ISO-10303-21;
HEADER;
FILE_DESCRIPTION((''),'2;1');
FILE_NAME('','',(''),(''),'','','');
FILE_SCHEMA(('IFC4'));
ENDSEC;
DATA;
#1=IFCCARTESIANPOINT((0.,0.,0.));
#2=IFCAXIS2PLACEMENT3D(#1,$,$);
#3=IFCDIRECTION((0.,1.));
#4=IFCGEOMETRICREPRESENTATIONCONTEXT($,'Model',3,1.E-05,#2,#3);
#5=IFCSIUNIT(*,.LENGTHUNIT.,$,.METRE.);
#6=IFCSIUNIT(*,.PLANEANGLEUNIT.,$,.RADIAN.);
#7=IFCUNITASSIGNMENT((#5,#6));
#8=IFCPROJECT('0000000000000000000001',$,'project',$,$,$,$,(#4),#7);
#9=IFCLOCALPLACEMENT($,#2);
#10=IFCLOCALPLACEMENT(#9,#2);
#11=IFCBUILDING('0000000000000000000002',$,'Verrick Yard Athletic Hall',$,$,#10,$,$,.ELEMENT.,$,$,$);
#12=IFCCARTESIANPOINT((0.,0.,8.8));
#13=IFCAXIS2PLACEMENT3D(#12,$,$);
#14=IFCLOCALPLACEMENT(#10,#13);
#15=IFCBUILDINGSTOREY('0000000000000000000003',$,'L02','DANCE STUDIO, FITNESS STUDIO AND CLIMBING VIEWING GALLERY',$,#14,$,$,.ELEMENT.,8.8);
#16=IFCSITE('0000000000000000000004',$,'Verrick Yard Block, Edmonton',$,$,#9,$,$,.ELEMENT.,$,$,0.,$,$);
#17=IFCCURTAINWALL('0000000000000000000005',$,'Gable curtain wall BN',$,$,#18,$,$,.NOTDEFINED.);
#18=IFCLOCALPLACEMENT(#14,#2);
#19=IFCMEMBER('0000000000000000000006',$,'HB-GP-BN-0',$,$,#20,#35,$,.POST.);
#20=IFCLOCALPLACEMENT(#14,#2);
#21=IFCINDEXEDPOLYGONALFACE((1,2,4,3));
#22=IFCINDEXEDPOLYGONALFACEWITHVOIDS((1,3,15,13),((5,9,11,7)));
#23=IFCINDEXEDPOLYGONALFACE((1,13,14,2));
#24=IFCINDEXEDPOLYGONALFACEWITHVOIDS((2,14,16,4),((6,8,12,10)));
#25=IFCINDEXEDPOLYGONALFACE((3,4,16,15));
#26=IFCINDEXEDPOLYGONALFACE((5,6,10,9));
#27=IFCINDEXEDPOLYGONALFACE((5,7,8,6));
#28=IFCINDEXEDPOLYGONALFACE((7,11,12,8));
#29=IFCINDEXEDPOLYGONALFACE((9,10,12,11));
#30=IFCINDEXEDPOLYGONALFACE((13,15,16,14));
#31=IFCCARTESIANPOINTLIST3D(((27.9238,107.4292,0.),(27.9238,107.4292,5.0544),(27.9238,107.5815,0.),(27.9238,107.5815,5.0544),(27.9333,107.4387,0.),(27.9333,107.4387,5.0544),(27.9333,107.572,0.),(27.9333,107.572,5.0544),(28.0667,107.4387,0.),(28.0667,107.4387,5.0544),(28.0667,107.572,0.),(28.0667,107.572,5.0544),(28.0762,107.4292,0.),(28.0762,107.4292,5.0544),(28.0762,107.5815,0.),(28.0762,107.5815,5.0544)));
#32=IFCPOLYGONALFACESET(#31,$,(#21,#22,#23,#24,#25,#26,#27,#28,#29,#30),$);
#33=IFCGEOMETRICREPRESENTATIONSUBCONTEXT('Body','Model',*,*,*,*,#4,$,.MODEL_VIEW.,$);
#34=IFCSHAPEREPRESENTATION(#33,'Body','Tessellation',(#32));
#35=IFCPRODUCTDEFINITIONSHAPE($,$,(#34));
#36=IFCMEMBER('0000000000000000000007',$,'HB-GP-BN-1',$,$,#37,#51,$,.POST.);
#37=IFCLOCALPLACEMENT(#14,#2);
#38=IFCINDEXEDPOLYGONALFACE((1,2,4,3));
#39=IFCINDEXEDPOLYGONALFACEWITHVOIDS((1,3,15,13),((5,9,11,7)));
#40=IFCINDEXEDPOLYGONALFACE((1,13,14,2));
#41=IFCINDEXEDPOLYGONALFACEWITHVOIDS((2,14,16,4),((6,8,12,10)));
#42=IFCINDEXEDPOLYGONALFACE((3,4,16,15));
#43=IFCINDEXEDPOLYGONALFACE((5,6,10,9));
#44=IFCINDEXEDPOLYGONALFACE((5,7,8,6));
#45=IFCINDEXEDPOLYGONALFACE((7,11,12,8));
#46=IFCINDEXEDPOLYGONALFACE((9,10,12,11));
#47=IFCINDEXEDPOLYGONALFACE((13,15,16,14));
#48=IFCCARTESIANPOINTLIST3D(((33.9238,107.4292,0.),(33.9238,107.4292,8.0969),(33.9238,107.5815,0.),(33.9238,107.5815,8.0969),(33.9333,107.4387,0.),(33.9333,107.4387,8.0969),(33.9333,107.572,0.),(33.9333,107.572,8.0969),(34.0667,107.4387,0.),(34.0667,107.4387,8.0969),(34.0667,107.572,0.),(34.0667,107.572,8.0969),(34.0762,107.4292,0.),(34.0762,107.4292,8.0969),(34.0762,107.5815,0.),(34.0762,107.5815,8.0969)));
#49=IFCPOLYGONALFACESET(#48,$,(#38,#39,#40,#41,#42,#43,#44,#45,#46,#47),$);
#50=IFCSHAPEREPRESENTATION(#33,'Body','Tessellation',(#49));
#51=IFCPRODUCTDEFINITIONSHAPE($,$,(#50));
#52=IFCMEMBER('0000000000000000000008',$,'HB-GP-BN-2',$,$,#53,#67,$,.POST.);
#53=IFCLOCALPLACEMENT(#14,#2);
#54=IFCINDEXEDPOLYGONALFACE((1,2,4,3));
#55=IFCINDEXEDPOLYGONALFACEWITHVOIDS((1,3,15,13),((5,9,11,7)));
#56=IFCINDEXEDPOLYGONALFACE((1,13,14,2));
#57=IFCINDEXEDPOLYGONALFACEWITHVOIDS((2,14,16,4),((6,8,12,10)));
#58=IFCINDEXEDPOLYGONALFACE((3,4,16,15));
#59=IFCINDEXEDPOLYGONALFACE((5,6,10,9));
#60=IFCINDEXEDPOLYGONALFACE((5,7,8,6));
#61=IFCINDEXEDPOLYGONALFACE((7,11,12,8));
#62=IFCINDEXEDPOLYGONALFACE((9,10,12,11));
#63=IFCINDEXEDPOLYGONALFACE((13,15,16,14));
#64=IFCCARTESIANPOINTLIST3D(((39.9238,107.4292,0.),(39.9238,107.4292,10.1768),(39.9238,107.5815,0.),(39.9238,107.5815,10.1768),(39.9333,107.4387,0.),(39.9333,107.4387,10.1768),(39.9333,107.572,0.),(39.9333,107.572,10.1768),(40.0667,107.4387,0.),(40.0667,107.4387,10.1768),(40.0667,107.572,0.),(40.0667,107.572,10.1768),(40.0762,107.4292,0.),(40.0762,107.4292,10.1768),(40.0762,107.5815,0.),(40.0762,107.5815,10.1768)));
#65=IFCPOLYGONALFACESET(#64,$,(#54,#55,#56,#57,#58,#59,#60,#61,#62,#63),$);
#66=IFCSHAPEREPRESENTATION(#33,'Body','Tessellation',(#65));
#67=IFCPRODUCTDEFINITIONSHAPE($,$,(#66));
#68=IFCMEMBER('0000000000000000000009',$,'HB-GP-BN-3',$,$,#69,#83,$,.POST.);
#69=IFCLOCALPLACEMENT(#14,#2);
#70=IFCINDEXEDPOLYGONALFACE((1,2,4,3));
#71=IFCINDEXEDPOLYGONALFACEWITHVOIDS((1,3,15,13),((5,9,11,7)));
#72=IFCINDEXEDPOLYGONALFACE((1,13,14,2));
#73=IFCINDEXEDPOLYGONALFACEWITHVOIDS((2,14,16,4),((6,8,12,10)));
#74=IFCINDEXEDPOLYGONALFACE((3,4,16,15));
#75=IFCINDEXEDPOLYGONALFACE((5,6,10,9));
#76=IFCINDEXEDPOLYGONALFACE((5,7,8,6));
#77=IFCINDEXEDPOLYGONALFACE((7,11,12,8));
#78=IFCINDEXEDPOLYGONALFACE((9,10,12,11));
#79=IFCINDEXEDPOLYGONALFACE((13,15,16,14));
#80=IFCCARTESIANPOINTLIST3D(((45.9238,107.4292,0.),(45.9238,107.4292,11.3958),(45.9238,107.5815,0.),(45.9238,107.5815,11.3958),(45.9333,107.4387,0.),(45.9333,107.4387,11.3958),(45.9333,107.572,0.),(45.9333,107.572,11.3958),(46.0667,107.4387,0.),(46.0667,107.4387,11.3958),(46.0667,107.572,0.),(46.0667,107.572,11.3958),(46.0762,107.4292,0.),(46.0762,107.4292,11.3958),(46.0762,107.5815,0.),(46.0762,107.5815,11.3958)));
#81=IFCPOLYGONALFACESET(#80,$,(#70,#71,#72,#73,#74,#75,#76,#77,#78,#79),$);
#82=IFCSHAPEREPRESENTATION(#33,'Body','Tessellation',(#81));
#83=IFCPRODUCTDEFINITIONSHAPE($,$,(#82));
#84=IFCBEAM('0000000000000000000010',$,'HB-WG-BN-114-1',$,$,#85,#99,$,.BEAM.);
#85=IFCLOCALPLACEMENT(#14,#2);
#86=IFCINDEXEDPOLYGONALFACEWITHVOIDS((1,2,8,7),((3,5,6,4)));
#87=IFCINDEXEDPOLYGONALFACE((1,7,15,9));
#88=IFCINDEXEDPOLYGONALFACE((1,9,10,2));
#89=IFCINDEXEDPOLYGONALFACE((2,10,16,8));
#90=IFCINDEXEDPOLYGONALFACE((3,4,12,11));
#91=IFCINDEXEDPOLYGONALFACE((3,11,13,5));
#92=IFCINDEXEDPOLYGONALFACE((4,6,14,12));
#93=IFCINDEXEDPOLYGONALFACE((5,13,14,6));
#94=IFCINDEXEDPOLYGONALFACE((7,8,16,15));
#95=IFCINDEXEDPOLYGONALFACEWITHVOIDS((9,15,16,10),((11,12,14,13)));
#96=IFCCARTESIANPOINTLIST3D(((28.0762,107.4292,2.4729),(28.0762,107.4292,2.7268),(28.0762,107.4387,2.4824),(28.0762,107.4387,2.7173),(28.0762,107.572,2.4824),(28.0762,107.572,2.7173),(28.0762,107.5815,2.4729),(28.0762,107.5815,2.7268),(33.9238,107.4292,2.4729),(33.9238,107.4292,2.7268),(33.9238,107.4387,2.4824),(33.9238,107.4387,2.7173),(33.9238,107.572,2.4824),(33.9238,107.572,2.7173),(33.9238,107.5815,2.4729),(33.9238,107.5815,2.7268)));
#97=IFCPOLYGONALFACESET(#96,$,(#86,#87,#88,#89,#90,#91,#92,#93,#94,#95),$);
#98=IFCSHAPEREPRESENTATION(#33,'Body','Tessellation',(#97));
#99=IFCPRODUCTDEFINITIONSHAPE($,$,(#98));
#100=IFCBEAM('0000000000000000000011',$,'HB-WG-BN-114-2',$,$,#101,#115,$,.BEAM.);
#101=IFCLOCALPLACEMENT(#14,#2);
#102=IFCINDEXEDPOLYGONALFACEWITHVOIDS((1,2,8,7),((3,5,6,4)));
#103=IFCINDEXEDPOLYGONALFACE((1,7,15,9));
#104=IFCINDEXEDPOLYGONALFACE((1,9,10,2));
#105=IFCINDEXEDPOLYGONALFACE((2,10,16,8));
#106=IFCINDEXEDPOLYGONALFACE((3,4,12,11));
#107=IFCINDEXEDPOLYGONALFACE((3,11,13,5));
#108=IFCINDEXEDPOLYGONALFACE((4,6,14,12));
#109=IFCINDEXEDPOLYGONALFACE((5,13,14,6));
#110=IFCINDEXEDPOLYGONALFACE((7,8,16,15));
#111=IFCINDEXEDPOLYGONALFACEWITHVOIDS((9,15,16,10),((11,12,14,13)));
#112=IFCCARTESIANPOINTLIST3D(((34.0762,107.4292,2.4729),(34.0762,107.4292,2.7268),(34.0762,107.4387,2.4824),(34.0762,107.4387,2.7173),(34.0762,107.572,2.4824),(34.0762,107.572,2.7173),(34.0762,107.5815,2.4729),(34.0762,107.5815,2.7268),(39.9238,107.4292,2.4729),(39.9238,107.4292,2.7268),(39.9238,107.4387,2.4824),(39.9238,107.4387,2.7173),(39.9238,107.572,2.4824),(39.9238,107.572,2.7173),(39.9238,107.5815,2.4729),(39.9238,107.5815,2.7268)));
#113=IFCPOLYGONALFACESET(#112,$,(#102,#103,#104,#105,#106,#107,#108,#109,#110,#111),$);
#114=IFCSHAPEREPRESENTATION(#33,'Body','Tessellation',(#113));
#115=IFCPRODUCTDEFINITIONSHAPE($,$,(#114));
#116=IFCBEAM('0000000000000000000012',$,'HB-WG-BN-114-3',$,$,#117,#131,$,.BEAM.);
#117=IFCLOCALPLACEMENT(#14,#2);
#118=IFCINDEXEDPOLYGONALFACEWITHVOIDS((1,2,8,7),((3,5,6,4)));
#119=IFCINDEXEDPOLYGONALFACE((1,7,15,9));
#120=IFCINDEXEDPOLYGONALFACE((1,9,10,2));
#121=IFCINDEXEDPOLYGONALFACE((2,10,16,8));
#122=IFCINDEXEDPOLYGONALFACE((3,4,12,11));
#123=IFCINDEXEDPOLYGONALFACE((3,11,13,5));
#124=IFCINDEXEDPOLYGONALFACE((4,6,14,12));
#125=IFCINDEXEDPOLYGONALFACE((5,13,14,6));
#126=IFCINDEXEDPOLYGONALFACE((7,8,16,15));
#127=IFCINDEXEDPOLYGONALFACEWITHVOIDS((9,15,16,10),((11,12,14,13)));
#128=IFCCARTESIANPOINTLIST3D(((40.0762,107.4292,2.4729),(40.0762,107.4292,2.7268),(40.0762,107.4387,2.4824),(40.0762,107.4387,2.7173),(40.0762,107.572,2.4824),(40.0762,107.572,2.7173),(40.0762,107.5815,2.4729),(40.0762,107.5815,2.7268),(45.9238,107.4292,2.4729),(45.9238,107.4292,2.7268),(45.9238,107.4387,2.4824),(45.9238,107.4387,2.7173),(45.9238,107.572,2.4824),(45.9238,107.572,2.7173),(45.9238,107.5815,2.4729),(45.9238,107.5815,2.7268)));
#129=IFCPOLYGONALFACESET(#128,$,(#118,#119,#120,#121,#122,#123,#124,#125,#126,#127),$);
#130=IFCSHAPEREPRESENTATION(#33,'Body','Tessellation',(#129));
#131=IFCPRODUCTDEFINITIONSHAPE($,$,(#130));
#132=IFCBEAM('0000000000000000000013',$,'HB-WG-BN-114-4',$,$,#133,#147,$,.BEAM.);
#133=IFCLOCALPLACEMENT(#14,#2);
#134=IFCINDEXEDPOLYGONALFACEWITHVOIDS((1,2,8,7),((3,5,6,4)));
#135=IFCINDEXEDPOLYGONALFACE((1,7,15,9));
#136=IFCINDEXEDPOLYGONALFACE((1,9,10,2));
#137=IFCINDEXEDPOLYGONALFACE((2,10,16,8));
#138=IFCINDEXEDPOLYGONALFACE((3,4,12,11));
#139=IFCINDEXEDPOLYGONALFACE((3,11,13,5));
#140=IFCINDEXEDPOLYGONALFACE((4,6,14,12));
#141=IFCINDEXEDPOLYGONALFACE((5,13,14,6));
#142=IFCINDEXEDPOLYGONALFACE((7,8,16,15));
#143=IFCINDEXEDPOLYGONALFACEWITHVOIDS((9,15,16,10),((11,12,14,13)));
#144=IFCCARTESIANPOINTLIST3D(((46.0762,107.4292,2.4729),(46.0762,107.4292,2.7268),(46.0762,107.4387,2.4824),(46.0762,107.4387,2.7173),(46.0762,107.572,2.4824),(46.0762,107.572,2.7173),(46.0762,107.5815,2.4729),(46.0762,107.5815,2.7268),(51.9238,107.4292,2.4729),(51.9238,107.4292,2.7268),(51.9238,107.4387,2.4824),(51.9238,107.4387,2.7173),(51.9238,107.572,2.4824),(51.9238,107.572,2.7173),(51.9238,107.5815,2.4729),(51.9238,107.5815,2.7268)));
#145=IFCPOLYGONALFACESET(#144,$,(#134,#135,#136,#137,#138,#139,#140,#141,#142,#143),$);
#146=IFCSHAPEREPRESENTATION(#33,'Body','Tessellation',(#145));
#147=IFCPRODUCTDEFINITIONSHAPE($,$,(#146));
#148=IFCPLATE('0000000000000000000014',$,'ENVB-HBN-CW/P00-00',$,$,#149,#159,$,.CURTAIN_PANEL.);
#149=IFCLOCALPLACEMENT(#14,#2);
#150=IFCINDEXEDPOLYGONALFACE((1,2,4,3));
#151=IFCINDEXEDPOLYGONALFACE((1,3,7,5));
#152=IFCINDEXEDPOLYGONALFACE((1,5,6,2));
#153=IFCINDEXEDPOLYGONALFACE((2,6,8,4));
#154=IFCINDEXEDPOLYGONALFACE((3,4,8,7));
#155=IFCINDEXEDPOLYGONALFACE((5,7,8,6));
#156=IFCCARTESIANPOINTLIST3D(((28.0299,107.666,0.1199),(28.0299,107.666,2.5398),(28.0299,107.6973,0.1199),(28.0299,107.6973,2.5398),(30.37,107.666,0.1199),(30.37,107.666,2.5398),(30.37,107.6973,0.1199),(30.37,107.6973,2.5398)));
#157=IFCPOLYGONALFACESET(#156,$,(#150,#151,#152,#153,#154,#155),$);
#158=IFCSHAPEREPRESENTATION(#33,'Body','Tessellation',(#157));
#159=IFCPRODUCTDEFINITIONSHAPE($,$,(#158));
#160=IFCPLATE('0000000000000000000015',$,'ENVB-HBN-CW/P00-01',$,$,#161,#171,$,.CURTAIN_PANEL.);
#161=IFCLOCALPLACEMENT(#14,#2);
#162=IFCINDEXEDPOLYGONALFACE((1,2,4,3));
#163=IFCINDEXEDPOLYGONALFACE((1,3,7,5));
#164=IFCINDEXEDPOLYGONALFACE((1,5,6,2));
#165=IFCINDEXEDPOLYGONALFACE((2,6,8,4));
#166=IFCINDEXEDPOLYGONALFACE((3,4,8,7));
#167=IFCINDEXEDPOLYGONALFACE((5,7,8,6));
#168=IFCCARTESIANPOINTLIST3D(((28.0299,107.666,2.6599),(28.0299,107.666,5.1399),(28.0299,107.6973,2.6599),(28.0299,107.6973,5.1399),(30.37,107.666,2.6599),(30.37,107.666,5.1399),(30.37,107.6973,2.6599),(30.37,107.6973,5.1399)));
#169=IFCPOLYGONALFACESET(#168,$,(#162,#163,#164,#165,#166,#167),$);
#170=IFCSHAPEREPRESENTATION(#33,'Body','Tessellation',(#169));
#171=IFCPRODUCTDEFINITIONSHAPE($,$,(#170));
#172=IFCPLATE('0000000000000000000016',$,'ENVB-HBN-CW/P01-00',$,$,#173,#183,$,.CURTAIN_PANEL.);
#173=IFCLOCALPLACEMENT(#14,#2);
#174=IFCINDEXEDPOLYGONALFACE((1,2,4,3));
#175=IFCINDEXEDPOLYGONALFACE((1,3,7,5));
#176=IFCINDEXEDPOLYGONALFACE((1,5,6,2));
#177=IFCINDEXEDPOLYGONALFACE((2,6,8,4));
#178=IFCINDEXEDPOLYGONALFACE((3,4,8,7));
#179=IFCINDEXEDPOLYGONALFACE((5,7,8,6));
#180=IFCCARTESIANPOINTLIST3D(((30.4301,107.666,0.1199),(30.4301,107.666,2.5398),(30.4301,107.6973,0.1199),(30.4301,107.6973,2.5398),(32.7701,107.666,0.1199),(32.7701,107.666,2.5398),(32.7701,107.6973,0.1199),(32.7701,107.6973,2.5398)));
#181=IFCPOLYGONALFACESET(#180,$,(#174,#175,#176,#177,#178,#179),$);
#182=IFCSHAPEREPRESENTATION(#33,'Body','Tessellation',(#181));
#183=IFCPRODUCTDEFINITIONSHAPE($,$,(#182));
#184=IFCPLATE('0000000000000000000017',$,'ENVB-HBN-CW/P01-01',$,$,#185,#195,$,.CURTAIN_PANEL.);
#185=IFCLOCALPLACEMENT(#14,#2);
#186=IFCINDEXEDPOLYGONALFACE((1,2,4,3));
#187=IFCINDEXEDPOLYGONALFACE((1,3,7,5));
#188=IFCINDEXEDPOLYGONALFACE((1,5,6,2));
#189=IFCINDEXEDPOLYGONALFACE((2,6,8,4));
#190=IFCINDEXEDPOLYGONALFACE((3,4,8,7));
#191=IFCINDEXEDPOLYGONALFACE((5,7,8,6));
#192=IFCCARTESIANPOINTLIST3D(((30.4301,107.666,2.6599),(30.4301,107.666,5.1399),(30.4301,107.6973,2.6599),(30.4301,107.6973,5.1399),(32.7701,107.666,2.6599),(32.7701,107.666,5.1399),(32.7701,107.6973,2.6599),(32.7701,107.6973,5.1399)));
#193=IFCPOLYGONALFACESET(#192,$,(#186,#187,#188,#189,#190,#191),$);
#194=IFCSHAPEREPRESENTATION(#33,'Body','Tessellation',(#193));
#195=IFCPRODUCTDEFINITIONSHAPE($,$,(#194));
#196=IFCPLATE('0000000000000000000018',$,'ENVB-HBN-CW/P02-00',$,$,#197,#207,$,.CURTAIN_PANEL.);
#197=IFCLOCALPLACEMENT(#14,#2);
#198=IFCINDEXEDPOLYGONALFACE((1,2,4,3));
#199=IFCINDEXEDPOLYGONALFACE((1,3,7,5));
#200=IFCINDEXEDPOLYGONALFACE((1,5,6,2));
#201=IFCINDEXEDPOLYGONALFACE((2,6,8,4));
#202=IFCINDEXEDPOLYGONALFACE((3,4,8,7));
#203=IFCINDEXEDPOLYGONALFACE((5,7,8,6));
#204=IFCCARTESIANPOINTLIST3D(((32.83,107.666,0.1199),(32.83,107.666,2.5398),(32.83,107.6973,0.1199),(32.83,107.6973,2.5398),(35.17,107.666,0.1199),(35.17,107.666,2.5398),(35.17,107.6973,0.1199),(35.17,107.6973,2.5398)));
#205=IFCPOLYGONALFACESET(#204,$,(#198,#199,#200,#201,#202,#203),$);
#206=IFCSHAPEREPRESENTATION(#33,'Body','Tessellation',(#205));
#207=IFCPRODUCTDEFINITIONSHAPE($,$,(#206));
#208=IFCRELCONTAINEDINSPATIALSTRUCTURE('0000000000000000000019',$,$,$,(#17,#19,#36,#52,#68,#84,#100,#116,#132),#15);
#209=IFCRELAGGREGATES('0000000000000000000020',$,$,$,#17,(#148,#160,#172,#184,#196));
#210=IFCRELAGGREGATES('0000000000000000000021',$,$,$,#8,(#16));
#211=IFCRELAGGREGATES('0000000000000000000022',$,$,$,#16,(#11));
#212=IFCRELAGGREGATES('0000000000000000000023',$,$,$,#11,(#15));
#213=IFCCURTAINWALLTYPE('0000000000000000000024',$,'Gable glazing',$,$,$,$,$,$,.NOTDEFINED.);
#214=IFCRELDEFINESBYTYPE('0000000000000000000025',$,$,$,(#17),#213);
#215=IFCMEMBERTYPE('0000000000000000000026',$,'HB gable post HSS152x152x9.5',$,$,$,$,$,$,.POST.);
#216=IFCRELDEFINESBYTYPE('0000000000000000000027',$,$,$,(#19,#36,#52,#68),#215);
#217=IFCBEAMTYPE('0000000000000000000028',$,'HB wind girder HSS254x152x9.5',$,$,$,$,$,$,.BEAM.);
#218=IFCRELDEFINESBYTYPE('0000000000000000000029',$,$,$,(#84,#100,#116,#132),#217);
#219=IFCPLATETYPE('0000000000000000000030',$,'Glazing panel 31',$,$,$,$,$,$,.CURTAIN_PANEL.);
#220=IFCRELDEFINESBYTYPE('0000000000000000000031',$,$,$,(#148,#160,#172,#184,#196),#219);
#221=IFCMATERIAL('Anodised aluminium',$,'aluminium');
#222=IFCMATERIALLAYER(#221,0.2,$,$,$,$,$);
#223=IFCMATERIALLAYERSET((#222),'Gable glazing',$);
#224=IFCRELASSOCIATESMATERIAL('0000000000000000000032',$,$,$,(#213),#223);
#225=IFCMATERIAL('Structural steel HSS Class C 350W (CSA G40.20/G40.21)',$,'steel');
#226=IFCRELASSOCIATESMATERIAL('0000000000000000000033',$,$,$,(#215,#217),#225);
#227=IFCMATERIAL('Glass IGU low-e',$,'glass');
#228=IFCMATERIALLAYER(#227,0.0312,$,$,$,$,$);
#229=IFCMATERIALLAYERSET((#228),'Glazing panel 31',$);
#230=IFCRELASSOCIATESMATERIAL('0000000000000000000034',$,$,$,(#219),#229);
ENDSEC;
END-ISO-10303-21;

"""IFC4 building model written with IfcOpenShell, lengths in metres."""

from ifc_helpers import new_model, si_unit, direction, frame, origin, origin_2d, place, context, subcontext, project, spatial, rectangle, hollow_rectangle, extrude, material, layer, layer_set, material_profile, profile_set, type_object, element, aggregate, save


model = new_model("IFC4")

# Units and contexts
model_context = context("Model", 3, precision=1e-05, world=origin(), true_north=direction((0.0, 1.0)))
body_context = subcontext(model_context, "Body", "Model", "MODEL_VIEW")
ifc_project = project(units=[si_unit("LENGTHUNIT", "METRE"), si_unit("PLANEANGLEUNIT", "RADIAN")], contexts=[model_context])

# Site, building, storey
site_placement = place(None, origin())
site = spatial("IfcSite", under=ifc_project, at=site_placement, Name="Verrick Yard Block, Edmonton", CompositionType="ELEMENT", RefElevation=0.0)
building_placement = place(site_placement, origin())
building = spatial("IfcBuilding", under=site, at=building_placement, Name="Verrick Yard Athletic Hall", CompositionType="ELEMENT")
storey_placement = place(building_placement, frame((0.0, 0.0, 8.8)))
storey = spatial("IfcBuildingStorey", under=building, at=storey_placement, Name="L02", Description="DANCE STUDIO, FITNESS STUDIO AND CLIMBING VIEWING GALLERY", CompositionType="ELEMENT", Elevation=8.8)

# Curtain wall
ifc_material_1 = material(Name="Anodised aluminium", Category="aluminium")
ifc_layer_1 = layer(ifc_material_1, 0.2)
ifc_layer_set_1 = layer_set([ifc_layer_1], Name="Gable glazing")
curtain_wall_type = type_object("IfcCurtainWallType", Name="Gable glazing", PredefinedType="NOTDEFINED", material=ifc_layer_set_1)
curtain_wall_placement = place(storey_placement, origin())
curtain_wall = element("IfcCurtainWall", 1, at=curtain_wall_placement, inside=storey, type_object=curtain_wall_type, Name="Gable curtain wall BN", PredefinedType="NOTDEFINED")

# Members
ifc_material_2 = material(Name="Structural steel HSS Class C 350W (CSA G40.20/G40.21)", Category="steel")
ifc_material_profile_1 = material_profile(ifc_material_2, hollow_rectangle(XDim=0.1523, YDim=0.1523, WallThickness=0.0095, at=origin_2d()), Name="HSS152x152x9.5")
ifc_profile_set_1 = profile_set([ifc_material_profile_1], Name="Structural steel HSS Class C 350W (CSA G40.20/G40.21)")
member_type_1 = type_object("IfcMemberType", Name="HB gable post HSS152x152x9.5", PredefinedType="POST", material=ifc_profile_set_1)
member_1_placement = place(storey_placement, frame((28.0, 107.5054, 0.0), z_axis=(0.0, 0.0, 1.0), x_axis=(1.0, 0.0, 0.0)))
element("IfcMember", 2, at=member_1_placement, inside=storey, type_object=member_type_1, Name="HB-GP-BN-0", PredefinedType="POST", context=body_context, shape_type="SweptSolid", body=[
    extrude(hollow_rectangle(XDim=0.1523, YDim=0.1523, WallThickness=0.0095, at=origin_2d()), origin(), (0.0, 0.0, 1.0), 5.0544),
])
member_2_placement = place(storey_placement, frame((34.0, 107.5054, 0.0), z_axis=(0.0, 0.0, 1.0), x_axis=(1.0, 0.0, 0.0)))
element("IfcMember", 3, at=member_2_placement, inside=storey, type_object=member_type_1, Name="HB-GP-BN-1", PredefinedType="POST", context=body_context, shape_type="SweptSolid", body=[
    extrude(hollow_rectangle(XDim=0.1523, YDim=0.1523, WallThickness=0.0095, at=origin_2d()), origin(), (0.0, 0.0, 1.0), 8.0969),
])
member_3_placement = place(storey_placement, frame((40.0, 107.5054, 0.0), z_axis=(0.0, 0.0, 1.0), x_axis=(1.0, 0.0, 0.0)))
element("IfcMember", 4, at=member_3_placement, inside=storey, type_object=member_type_1, Name="HB-GP-BN-2", PredefinedType="POST", context=body_context, shape_type="SweptSolid", body=[
    extrude(hollow_rectangle(XDim=0.1523, YDim=0.1523, WallThickness=0.0095, at=origin_2d()), origin(), (0.0, 0.0, 1.0), 10.1768),
])
member_4_placement = place(storey_placement, frame((46.0, 107.5054, 0.0), z_axis=(0.0, 0.0, 1.0), x_axis=(1.0, 0.0, 0.0)))
element("IfcMember", 5, at=member_4_placement, inside=storey, type_object=member_type_1, Name="HB-GP-BN-3", PredefinedType="POST", context=body_context, shape_type="SweptSolid", body=[
    extrude(hollow_rectangle(XDim=0.1523, YDim=0.1523, WallThickness=0.0095, at=origin_2d()), origin(), (0.0, 0.0, 1.0), 11.3958),
])

# Beams
ifc_material_profile_2 = material_profile(ifc_material_2, hollow_rectangle(XDim=0.1523, YDim=0.2539, WallThickness=0.0095, at=origin_2d()), Name="HSS254x152x9.5")
ifc_profile_set_2 = profile_set([ifc_material_profile_2], Name="Structural steel HSS Class C 350W (CSA G40.20/G40.21)")
beam_type = type_object("IfcBeamType", Name="HB wind girder HSS254x152x9.5", PredefinedType="BEAM", material=ifc_profile_set_2)
for number, where, z_axis, x_axis, name in (
    (6, (28.0762, 107.5054, 2.5999), (1.0, 0.0, 0.0), (0.0, 1.0, 0.0), "HB-WG-BN-114-1"),
    (7, (34.0762, 107.5054, 2.5999), (1.0, 0.0, 0.0), (0.0, 1.0, 0.0), "HB-WG-BN-114-2"),
    (8, (40.0762, 107.5054, 2.5999), (1.0, 0.0, 0.0), (0.0, 1.0, 0.0), "HB-WG-BN-114-3"),
    (9, (46.0762, 107.5054, 2.5999), (1.0, 0.0, 0.0), (0.0, 1.0, 0.0), "HB-WG-BN-114-4"),
):
    element("IfcBeam", number, at=place(storey_placement, frame(where, z_axis=z_axis, x_axis=x_axis)), inside=storey, type_object=beam_type, Name=name, PredefinedType="BEAM", context=body_context, shape_type="SweptSolid", body=[
        extrude(hollow_rectangle(XDim=0.1523, YDim=0.2539, WallThickness=0.0095, at=origin_2d()), origin(), (0.0, 0.0, 1.0), 5.8477),
    ])

# Plates
ifc_material_3 = material(Name="Glass IGU low-e", Category="glass")
ifc_layer_2 = layer(ifc_material_3, 0.0312)
ifc_layer_set_2 = layer_set([ifc_layer_2], Name="Glazing panel 31")
plate_type = type_object("IfcPlateType", Name="Glazing panel 31", PredefinedType="CURTAIN_PANEL", material=ifc_layer_set_2)
plate_1_placement = place(storey_placement, frame((29.2, 107.6816, 0.1199), z_axis=(0.0, 0.0, 1.0), x_axis=(1.0, 0.0, 0.0)))
plate_1 = element("IfcPlate", 10, at=plate_1_placement, type_object=plate_type, Name="ENVB-HBN-CW/P00-00", PredefinedType="CURTAIN_PANEL", context=body_context, shape_type="SweptSolid", body=[
    extrude(rectangle(XDim=2.3401, YDim=0.0312, at=origin_2d()), origin(), (0.0, 0.0, 1.0), 2.4199),
])
plate_2_placement = place(storey_placement, frame((29.2, 107.6816, 2.6599), z_axis=(0.0, 0.0, 1.0), x_axis=(1.0, 0.0, 0.0)))
plate_2 = element("IfcPlate", 11, at=plate_2_placement, type_object=plate_type, Name="ENVB-HBN-CW/P00-01", PredefinedType="CURTAIN_PANEL", context=body_context, shape_type="SweptSolid", body=[
    extrude(rectangle(XDim=2.3401, YDim=0.0312, at=origin_2d()), origin(), (0.0, 0.0, 1.0), 2.48),
])
plate_3_placement = place(storey_placement, frame((31.6001, 107.6816, 0.1199), z_axis=(0.0, 0.0, 1.0), x_axis=(1.0, 0.0, 0.0)))
plate_3 = element("IfcPlate", 12, at=plate_3_placement, type_object=plate_type, Name="ENVB-HBN-CW/P01-00", PredefinedType="CURTAIN_PANEL", context=body_context, shape_type="SweptSolid", body=[
    extrude(rectangle(XDim=2.3401, YDim=0.0312, at=origin_2d()), origin(), (0.0, 0.0, 1.0), 2.4199),
])
plate_4_placement = place(storey_placement, frame((31.6001, 107.6816, 2.6599), z_axis=(0.0, 0.0, 1.0), x_axis=(1.0, 0.0, 0.0)))
plate_4 = element("IfcPlate", 13, at=plate_4_placement, type_object=plate_type, Name="ENVB-HBN-CW/P01-01", PredefinedType="CURTAIN_PANEL", context=body_context, shape_type="SweptSolid", body=[
    extrude(rectangle(XDim=2.3401, YDim=0.0312, at=origin_2d()), origin(), (0.0, 0.0, 1.0), 2.48),
])
plate_5_placement = place(storey_placement, frame((34.0, 107.6816, 0.1199), z_axis=(0.0, 0.0, 1.0), x_axis=(1.0, 0.0, 0.0)))
plate_5 = element("IfcPlate", 14, at=plate_5_placement, type_object=plate_type, Name="ENVB-HBN-CW/P02-00", PredefinedType="CURTAIN_PANEL", context=body_context, shape_type="SweptSolid", body=[
    extrude(rectangle(XDim=2.3401, YDim=0.0312, at=origin_2d()), origin(), (0.0, 0.0, 1.0), 2.4199),
])
aggregate(curtain_wall, [plate_1, plate_2, plate_3, plate_4, plate_5])

save(model, "model.ifc")
